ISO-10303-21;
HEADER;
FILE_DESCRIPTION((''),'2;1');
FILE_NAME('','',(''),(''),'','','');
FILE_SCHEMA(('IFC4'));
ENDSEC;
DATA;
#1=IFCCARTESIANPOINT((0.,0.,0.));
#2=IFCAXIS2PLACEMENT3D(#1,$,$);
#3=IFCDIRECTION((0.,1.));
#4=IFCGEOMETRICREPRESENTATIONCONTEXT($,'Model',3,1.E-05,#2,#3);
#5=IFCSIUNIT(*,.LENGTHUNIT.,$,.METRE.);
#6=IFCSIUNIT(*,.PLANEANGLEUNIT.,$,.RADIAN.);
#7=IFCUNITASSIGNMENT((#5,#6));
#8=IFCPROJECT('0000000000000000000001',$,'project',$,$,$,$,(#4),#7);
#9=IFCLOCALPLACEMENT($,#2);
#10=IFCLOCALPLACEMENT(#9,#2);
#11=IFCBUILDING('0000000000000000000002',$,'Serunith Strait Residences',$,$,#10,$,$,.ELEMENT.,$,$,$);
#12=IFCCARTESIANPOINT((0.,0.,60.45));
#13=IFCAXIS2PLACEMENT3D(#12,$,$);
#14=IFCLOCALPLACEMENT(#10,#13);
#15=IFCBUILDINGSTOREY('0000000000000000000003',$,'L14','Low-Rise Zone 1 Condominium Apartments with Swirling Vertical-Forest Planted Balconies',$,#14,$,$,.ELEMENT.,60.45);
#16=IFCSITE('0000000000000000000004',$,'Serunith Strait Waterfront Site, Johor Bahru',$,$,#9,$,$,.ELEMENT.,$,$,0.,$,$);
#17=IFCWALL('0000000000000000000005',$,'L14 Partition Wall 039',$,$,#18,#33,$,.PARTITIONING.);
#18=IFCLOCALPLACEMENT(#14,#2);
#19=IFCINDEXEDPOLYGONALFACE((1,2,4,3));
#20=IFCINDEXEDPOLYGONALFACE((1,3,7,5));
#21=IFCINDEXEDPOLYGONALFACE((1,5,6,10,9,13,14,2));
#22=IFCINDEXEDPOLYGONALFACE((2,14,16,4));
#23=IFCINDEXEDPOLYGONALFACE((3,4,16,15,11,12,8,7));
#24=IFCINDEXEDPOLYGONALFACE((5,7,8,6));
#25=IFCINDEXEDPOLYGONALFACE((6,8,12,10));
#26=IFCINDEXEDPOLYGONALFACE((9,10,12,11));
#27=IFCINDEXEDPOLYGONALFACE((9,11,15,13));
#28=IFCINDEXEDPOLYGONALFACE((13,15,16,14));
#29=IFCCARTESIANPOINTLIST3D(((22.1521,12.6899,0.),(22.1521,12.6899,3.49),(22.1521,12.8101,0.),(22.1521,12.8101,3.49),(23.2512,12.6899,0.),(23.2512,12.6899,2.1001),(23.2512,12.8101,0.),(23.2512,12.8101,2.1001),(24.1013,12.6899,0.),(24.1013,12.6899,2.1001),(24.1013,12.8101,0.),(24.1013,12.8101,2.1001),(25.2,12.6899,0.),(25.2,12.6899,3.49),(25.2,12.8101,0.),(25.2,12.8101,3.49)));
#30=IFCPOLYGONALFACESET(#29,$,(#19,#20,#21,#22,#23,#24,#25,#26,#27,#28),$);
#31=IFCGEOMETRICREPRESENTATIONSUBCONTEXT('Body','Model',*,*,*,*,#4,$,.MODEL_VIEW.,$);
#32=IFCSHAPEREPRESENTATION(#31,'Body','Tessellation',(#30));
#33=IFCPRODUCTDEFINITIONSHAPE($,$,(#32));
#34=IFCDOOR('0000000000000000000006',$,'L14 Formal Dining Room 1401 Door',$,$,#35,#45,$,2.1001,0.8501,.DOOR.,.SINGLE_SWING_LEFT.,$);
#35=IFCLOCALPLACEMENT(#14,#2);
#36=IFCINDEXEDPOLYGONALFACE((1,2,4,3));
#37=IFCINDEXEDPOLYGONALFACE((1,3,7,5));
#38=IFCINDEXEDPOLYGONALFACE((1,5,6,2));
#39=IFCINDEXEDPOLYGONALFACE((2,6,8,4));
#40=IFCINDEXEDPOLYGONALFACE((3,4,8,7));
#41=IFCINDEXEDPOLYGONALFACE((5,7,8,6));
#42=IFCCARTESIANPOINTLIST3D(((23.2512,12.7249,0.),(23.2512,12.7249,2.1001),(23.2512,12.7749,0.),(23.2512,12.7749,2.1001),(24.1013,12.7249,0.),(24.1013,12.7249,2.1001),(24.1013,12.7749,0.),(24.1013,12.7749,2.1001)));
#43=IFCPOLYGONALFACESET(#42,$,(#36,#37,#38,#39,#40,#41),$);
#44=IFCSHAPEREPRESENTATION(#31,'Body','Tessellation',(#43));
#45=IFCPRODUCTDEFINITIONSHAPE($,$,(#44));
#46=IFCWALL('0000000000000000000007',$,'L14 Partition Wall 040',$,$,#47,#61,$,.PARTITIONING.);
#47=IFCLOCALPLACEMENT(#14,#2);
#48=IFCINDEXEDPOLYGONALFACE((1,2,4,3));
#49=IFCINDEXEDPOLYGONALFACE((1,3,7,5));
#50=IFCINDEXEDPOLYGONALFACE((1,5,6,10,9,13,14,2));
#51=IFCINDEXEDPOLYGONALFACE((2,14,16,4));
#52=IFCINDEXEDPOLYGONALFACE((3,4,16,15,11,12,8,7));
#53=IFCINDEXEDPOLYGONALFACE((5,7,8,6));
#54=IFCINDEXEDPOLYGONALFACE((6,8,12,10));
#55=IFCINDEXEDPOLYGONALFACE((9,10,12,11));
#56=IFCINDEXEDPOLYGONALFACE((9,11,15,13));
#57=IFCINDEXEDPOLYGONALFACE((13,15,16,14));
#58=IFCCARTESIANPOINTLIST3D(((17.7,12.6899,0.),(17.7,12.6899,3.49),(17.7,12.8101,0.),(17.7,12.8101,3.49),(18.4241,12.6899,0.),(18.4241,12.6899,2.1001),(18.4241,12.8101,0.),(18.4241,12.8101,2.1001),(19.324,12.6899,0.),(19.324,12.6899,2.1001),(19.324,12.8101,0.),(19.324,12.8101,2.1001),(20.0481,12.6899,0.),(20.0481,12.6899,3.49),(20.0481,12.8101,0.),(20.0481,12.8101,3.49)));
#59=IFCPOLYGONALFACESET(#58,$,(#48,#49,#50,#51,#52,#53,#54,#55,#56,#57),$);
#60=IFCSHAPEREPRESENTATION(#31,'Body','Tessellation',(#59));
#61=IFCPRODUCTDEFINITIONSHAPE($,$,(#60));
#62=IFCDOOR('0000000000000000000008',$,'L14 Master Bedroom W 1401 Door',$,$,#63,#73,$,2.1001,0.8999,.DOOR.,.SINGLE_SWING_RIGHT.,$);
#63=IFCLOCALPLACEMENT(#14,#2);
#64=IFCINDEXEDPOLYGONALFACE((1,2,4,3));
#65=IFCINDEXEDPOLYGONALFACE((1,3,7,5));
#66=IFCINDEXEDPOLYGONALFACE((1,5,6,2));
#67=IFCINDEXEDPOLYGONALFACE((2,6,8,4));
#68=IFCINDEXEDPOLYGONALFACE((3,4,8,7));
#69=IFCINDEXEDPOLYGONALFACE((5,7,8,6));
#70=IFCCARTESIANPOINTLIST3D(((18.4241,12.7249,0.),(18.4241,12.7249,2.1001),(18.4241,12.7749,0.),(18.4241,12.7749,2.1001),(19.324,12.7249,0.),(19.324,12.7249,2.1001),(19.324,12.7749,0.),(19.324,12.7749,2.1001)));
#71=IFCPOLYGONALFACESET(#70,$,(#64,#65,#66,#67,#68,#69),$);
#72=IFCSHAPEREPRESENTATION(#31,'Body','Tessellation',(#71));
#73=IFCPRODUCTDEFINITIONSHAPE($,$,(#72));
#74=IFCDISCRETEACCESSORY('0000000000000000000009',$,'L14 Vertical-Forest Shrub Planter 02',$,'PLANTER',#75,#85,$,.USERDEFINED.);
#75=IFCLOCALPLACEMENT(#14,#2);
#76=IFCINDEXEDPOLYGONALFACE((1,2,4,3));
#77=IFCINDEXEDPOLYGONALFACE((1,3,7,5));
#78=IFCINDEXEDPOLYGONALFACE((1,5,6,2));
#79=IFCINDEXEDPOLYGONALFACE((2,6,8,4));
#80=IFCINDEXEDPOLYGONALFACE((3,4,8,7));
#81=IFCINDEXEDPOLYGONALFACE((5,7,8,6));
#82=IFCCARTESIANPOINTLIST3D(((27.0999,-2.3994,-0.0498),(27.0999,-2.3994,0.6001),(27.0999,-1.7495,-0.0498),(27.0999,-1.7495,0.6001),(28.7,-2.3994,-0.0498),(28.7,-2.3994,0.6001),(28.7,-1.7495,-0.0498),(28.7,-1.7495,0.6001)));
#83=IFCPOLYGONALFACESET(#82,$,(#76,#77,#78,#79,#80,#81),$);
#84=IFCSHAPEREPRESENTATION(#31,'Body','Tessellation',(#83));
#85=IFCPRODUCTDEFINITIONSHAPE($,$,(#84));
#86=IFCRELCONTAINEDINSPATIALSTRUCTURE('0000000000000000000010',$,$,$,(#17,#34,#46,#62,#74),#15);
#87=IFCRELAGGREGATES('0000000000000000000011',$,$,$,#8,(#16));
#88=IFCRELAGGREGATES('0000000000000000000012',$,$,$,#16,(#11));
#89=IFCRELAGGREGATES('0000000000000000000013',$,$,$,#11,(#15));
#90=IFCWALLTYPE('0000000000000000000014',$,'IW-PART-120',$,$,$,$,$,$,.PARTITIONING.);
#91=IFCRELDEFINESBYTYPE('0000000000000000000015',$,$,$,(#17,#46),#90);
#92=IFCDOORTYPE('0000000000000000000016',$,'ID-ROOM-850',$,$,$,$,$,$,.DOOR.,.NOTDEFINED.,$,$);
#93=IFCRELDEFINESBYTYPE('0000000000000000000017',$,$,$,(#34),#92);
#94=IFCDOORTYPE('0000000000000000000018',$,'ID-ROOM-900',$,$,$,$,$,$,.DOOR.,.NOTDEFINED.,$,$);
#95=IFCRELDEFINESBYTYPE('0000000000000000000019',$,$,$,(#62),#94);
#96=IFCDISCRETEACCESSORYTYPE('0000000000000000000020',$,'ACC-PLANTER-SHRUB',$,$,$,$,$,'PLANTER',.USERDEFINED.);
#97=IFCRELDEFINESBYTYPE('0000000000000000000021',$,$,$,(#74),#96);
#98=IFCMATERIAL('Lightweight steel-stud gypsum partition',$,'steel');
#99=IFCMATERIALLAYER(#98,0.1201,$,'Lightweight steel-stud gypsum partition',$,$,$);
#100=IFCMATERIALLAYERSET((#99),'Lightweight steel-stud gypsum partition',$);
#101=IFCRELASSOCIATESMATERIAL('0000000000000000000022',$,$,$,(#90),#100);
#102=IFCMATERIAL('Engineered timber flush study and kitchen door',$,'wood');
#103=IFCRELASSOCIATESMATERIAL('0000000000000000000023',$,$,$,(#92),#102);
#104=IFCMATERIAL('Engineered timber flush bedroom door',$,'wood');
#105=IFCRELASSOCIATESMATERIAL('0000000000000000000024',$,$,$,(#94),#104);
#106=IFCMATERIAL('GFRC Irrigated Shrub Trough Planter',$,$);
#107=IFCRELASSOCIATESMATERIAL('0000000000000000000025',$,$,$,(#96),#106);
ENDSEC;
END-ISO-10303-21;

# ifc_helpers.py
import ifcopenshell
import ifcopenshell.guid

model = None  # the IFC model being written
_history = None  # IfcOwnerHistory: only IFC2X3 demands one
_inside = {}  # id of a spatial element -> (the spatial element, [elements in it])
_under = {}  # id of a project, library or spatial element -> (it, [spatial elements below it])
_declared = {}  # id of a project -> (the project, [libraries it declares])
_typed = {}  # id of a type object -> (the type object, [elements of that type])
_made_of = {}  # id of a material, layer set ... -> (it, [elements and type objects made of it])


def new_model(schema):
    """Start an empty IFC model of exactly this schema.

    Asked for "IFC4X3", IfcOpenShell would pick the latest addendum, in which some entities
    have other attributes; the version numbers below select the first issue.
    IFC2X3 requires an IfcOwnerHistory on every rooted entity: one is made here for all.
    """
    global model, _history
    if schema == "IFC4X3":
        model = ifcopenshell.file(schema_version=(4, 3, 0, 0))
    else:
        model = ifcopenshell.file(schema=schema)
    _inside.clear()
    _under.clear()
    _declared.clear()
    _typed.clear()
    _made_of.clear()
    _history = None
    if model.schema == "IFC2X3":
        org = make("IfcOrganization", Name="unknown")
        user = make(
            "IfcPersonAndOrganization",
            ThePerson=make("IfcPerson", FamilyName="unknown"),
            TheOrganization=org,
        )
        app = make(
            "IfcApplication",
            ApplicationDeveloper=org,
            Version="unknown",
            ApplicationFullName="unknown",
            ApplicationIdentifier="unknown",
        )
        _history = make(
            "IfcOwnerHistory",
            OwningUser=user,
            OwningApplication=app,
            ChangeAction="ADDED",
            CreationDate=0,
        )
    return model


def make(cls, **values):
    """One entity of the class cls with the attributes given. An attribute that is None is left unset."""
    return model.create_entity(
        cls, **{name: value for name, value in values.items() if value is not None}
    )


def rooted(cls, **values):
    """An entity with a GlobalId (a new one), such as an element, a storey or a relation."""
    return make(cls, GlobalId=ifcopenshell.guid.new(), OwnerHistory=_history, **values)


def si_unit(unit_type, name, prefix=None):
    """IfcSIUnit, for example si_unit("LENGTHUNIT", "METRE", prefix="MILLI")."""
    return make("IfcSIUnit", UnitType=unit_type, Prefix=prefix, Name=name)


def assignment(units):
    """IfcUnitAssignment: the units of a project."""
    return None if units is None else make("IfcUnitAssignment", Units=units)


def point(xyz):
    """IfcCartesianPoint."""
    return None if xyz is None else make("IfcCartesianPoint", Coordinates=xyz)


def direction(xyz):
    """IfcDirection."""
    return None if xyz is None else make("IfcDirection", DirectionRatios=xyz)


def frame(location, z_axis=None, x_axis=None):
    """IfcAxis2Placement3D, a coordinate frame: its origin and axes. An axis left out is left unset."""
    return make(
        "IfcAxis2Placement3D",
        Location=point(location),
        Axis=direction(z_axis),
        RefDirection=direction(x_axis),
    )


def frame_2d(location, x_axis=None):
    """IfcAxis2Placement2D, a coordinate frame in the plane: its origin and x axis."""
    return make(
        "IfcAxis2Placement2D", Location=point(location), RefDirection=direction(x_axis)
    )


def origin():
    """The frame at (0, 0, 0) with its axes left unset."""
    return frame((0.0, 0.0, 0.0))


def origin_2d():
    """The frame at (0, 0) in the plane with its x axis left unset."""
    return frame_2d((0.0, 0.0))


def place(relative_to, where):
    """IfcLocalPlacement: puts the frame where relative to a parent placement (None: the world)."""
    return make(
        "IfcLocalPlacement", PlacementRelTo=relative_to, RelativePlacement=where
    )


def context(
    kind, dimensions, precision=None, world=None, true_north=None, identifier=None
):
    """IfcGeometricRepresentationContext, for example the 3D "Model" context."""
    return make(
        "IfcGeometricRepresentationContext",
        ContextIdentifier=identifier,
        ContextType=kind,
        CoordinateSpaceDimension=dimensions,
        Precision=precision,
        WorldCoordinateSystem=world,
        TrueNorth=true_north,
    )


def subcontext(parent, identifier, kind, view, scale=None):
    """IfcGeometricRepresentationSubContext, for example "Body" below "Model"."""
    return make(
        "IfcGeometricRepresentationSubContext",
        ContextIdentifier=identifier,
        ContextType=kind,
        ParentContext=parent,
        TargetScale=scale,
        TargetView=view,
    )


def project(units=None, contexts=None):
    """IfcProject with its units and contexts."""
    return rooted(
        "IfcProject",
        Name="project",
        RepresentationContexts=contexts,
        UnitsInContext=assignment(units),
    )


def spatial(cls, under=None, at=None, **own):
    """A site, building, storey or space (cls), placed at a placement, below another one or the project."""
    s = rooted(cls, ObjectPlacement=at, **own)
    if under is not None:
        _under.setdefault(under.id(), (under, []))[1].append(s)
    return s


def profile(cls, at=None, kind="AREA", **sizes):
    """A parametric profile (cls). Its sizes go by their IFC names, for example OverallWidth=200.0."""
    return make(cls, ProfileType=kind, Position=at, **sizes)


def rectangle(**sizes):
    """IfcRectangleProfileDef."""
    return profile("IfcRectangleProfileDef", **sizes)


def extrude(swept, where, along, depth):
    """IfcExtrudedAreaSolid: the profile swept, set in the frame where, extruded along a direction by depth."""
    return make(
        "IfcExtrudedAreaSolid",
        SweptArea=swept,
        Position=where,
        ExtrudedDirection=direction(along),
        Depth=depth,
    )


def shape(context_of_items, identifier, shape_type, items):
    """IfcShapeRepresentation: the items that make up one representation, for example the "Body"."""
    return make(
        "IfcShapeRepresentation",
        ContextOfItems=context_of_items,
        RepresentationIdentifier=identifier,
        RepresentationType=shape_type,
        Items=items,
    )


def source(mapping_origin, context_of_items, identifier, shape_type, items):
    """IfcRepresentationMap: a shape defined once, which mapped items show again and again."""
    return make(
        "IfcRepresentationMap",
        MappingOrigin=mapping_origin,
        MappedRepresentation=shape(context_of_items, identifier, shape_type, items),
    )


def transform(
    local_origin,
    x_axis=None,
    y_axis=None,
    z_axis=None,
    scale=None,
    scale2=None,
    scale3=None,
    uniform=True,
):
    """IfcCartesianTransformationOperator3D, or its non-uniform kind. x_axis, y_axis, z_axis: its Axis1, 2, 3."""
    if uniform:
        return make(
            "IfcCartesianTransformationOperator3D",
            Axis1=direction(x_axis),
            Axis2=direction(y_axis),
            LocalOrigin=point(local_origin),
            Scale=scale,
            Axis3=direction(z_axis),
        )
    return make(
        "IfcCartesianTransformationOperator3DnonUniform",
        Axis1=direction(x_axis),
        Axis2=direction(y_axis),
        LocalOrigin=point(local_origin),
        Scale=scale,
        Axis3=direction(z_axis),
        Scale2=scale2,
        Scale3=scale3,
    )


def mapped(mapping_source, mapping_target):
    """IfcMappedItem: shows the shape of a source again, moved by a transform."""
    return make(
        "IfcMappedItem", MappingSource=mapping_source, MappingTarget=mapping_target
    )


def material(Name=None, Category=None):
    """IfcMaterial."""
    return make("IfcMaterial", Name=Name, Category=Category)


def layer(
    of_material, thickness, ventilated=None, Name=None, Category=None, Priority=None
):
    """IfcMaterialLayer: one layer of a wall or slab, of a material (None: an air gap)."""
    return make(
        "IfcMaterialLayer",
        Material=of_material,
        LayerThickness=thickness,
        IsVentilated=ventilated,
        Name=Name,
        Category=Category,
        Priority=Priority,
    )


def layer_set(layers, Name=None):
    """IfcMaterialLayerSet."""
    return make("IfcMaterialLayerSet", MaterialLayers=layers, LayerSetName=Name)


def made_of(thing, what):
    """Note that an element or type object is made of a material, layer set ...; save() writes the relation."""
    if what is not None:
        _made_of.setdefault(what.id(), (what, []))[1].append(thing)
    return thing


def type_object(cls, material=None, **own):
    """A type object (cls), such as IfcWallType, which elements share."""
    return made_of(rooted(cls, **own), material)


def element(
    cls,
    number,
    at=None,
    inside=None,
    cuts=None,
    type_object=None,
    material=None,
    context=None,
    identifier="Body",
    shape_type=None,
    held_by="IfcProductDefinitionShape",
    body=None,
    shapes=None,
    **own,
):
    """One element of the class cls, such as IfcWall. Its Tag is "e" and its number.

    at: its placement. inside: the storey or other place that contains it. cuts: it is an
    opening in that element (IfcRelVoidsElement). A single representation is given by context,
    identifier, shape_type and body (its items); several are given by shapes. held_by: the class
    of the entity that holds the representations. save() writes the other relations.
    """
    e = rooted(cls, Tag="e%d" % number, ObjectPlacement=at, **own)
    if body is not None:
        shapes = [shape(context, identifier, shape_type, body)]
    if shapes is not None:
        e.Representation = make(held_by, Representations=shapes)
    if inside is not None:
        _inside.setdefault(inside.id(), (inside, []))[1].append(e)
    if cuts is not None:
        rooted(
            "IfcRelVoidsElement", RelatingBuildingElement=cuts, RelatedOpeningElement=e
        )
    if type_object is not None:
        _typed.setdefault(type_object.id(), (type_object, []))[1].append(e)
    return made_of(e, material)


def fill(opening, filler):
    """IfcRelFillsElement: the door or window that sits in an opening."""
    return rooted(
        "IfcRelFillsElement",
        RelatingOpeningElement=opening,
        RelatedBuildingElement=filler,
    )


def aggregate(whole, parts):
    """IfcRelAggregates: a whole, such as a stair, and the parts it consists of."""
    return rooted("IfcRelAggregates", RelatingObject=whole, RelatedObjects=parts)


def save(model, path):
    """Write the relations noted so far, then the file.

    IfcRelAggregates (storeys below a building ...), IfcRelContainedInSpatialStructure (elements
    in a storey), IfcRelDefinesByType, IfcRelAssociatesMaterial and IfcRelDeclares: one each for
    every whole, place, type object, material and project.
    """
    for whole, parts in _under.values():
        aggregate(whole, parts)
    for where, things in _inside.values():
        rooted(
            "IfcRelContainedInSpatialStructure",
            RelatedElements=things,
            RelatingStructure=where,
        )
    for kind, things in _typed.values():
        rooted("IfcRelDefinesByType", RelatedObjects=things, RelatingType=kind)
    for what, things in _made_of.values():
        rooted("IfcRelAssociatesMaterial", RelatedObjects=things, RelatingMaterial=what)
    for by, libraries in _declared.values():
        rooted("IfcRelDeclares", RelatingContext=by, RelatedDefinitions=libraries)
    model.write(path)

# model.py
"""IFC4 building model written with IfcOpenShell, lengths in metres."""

from ifc_helpers import new_model, si_unit, direction, frame, frame_2d, origin, origin_2d, place, context, subcontext, project, spatial, rectangle, extrude, source, transform, mapped, material, layer, layer_set, type_object, element, fill, save


model = new_model("IFC4")

# Units and contexts
model_context = context("Model", 3, precision=1e-05, world=origin(), true_north=direction((0.0, 1.0)))
body_context = subcontext(model_context, "Body", "Model", "MODEL_VIEW")
ifc_project = project(units=[si_unit("LENGTHUNIT", "METRE"), si_unit("PLANEANGLEUNIT", "RADIAN")], contexts=[model_context])

# Site, building, storey
site_placement = place(None, origin())
site = spatial("IfcSite", under=ifc_project, at=site_placement, Name="Serunith Strait Waterfront Site, Johor Bahru", CompositionType="ELEMENT", RefElevation=0.0)
building_placement = place(site_placement, origin())
building = spatial("IfcBuilding", under=site, at=building_placement, Name="Serunith Strait Residences", CompositionType="ELEMENT")
storey_placement = place(building_placement, frame((0.0, 0.0, 60.45)))
storey = spatial("IfcBuildingStorey", under=building, at=storey_placement, Name="L14", Description="Low-Rise Zone 1 Condominium Apartments with Swirling Vertical-Forest Planted Balconies", CompositionType="ELEMENT", Elevation=60.45)

# Shared definitions
ifc_material_1 = material(Name="Lightweight steel-stud gypsum partition", Category="steel")
ifc_layer_1 = layer(ifc_material_1, 0.1201, Name="Lightweight steel-stud gypsum partition")
ifc_layer_set_1 = layer_set([ifc_layer_1], Name="Lightweight steel-stud gypsum partition")
wall_type = type_object("IfcWallType", Name="IW-PART-120", PredefinedType="PARTITIONING", material=ifc_layer_set_1)
ifc_material_2 = material(Name="Engineered timber flush study and kitchen door", Category="wood")
door_type_1 = type_object("IfcDoorType", Name="ID-ROOM-850", OperationType="NOTDEFINED", PredefinedType="DOOR", material=ifc_material_2)
shared_shape_1 = source(origin(), body_context, "Body", "SweptSolid", [
    extrude(rectangle(XDim=0.8501, YDim=2.1001, at=frame_2d((0.425, 1.05))), frame((0.0, 0.0249, 0.0), z_axis=(0.0, -1.0, 0.0), x_axis=(1.0, 0.0, 0.0)), (0.0, 0.0, 1.0), 0.05),
])

# Shared definitions
ifc_material_3 = material(Name="Engineered timber flush bedroom door", Category="wood")
door_type_2 = type_object("IfcDoorType", Name="ID-ROOM-900", OperationType="NOTDEFINED", PredefinedType="DOOR", material=ifc_material_3)
shared_shape_2 = source(origin(), body_context, "Body", "SweptSolid", [
    extrude(rectangle(XDim=0.8999, YDim=2.1001, at=frame_2d((0.45, 1.05))), frame((0.0, 0.0249, 0.0), z_axis=(0.0, -1.0, 0.0), x_axis=(1.0, 0.0, 0.0)), (0.0, 0.0, 1.0), 0.05),
])

# Walls, openings, doors
wall_1_placement = place(storey_placement, frame((22.1521, 12.75, 0.0), z_axis=(0.0, 0.0, 1.0), x_axis=(1.0, 0.0, 0.0)))
wall_1 = element("IfcWall", 1, at=wall_1_placement, inside=storey, type_object=wall_type, Name="L14 Partition Wall 039", PredefinedType="PARTITIONING", context=body_context, shape_type="SweptSolid", body=[
    extrude(rectangle(XDim=3.0479, YDim=0.1201, at=frame_2d((1.5239, 0.0))), origin(), (0.0, 0.0, 1.0), 3.49),
])
opening_1_placement = place(wall_1_placement, frame((1.0991, 0.0, 0.0)))
opening_1 = element("IfcOpeningElement", 2, at=opening_1_placement, cuts=wall_1, PredefinedType="OPENING", context=body_context, shape_type="SweptSolid", body=[
    extrude(rectangle(XDim=0.8501, YDim=2.1001, at=frame_2d((0.425, 1.05))), frame((0.0, 0.0701, 0.0), z_axis=(0.0, -1.0, 0.0), x_axis=(1.0, 0.0, 0.0)), (0.0, 0.0, 1.0), 0.1401),
])
door_1_placement = place(opening_1_placement, origin())
door_1 = element("IfcDoor", 3, at=door_1_placement, inside=storey, type_object=door_type_1, Name="L14 Formal Dining Room 1401 Door", OperationType="SINGLE_SWING_LEFT", OverallHeight=2.1001, OverallWidth=0.8501, PredefinedType="DOOR", context=body_context, shape_type="MappedRepresentation", body=[
    mapped(shared_shape_1, transform((0.0, 0.0, 0.0), scale=1.0)),
])
fill(opening_1, door_1)
wall_2_placement = place(storey_placement, frame((17.7, 12.75, 0.0), z_axis=(0.0, 0.0, 1.0), x_axis=(1.0, 0.0, 0.0)))
wall_2 = element("IfcWall", 4, at=wall_2_placement, inside=storey, type_object=wall_type, Name="L14 Partition Wall 040", PredefinedType="PARTITIONING", context=body_context, shape_type="SweptSolid", body=[
    extrude(rectangle(XDim=2.3481, YDim=0.1201, at=frame_2d((1.1741, 0.0))), origin(), (0.0, 0.0, 1.0), 3.49),
])
opening_2_placement = place(wall_2_placement, frame((0.7241, 0.0, 0.0)))
opening_2 = element("IfcOpeningElement", 5, at=opening_2_placement, cuts=wall_2, PredefinedType="OPENING", context=body_context, shape_type="SweptSolid", body=[
    extrude(rectangle(XDim=0.8999, YDim=2.1001, at=frame_2d((0.45, 1.05))), frame((0.0, 0.0701, 0.0), z_axis=(0.0, -1.0, 0.0), x_axis=(1.0, 0.0, 0.0)), (0.0, 0.0, 1.0), 0.1401),
])
door_2_placement = place(opening_2_placement, origin())
door_2 = element("IfcDoor", 6, at=door_2_placement, inside=storey, type_object=door_type_2, Name="L14 Master Bedroom W 1401 Door", OperationType="SINGLE_SWING_RIGHT", OverallHeight=2.1001, OverallWidth=0.8999, PredefinedType="DOOR", context=body_context, shape_type="MappedRepresentation", body=[
    mapped(shared_shape_2, transform((0.0, 0.0, 0.0), scale=1.0)),
])
fill(opening_2, door_2)

# Discrete accessory
ifc_material_4 = material(Name="GFRC Irrigated Shrub Trough Planter")
discrete_accessory_type = type_object("IfcDiscreteAccessoryType", Name="ACC-PLANTER-SHRUB", ElementType="PLANTER", PredefinedType="USERDEFINED", material=ifc_material_4)
shared_shape_3 = source(origin(), body_context, "Body", "SweptSolid", [
    extrude(rectangle(XDim=1.6001, YDim=0.6499, at=origin_2d()), origin(), (0.0, 0.0, 1.0), 0.6499),
])
discrete_accessory_placement = place(storey_placement, frame((27.8999, -2.0745, -0.0498), z_axis=(0.0, 0.0, 1.0), x_axis=(1.0, 0.0, 0.0)))
element("IfcDiscreteAccessory", 7, at=discrete_accessory_placement, inside=storey, type_object=discrete_accessory_type, Name="L14 Vertical-Forest Shrub Planter 02", ObjectType="PLANTER", PredefinedType="USERDEFINED", context=body_context, shape_type="MappedRepresentation", body=[
    mapped(shared_shape_3, transform((0.0, 0.0, 0.0), scale=1.0)),
])

save(model, "model.ifc")
